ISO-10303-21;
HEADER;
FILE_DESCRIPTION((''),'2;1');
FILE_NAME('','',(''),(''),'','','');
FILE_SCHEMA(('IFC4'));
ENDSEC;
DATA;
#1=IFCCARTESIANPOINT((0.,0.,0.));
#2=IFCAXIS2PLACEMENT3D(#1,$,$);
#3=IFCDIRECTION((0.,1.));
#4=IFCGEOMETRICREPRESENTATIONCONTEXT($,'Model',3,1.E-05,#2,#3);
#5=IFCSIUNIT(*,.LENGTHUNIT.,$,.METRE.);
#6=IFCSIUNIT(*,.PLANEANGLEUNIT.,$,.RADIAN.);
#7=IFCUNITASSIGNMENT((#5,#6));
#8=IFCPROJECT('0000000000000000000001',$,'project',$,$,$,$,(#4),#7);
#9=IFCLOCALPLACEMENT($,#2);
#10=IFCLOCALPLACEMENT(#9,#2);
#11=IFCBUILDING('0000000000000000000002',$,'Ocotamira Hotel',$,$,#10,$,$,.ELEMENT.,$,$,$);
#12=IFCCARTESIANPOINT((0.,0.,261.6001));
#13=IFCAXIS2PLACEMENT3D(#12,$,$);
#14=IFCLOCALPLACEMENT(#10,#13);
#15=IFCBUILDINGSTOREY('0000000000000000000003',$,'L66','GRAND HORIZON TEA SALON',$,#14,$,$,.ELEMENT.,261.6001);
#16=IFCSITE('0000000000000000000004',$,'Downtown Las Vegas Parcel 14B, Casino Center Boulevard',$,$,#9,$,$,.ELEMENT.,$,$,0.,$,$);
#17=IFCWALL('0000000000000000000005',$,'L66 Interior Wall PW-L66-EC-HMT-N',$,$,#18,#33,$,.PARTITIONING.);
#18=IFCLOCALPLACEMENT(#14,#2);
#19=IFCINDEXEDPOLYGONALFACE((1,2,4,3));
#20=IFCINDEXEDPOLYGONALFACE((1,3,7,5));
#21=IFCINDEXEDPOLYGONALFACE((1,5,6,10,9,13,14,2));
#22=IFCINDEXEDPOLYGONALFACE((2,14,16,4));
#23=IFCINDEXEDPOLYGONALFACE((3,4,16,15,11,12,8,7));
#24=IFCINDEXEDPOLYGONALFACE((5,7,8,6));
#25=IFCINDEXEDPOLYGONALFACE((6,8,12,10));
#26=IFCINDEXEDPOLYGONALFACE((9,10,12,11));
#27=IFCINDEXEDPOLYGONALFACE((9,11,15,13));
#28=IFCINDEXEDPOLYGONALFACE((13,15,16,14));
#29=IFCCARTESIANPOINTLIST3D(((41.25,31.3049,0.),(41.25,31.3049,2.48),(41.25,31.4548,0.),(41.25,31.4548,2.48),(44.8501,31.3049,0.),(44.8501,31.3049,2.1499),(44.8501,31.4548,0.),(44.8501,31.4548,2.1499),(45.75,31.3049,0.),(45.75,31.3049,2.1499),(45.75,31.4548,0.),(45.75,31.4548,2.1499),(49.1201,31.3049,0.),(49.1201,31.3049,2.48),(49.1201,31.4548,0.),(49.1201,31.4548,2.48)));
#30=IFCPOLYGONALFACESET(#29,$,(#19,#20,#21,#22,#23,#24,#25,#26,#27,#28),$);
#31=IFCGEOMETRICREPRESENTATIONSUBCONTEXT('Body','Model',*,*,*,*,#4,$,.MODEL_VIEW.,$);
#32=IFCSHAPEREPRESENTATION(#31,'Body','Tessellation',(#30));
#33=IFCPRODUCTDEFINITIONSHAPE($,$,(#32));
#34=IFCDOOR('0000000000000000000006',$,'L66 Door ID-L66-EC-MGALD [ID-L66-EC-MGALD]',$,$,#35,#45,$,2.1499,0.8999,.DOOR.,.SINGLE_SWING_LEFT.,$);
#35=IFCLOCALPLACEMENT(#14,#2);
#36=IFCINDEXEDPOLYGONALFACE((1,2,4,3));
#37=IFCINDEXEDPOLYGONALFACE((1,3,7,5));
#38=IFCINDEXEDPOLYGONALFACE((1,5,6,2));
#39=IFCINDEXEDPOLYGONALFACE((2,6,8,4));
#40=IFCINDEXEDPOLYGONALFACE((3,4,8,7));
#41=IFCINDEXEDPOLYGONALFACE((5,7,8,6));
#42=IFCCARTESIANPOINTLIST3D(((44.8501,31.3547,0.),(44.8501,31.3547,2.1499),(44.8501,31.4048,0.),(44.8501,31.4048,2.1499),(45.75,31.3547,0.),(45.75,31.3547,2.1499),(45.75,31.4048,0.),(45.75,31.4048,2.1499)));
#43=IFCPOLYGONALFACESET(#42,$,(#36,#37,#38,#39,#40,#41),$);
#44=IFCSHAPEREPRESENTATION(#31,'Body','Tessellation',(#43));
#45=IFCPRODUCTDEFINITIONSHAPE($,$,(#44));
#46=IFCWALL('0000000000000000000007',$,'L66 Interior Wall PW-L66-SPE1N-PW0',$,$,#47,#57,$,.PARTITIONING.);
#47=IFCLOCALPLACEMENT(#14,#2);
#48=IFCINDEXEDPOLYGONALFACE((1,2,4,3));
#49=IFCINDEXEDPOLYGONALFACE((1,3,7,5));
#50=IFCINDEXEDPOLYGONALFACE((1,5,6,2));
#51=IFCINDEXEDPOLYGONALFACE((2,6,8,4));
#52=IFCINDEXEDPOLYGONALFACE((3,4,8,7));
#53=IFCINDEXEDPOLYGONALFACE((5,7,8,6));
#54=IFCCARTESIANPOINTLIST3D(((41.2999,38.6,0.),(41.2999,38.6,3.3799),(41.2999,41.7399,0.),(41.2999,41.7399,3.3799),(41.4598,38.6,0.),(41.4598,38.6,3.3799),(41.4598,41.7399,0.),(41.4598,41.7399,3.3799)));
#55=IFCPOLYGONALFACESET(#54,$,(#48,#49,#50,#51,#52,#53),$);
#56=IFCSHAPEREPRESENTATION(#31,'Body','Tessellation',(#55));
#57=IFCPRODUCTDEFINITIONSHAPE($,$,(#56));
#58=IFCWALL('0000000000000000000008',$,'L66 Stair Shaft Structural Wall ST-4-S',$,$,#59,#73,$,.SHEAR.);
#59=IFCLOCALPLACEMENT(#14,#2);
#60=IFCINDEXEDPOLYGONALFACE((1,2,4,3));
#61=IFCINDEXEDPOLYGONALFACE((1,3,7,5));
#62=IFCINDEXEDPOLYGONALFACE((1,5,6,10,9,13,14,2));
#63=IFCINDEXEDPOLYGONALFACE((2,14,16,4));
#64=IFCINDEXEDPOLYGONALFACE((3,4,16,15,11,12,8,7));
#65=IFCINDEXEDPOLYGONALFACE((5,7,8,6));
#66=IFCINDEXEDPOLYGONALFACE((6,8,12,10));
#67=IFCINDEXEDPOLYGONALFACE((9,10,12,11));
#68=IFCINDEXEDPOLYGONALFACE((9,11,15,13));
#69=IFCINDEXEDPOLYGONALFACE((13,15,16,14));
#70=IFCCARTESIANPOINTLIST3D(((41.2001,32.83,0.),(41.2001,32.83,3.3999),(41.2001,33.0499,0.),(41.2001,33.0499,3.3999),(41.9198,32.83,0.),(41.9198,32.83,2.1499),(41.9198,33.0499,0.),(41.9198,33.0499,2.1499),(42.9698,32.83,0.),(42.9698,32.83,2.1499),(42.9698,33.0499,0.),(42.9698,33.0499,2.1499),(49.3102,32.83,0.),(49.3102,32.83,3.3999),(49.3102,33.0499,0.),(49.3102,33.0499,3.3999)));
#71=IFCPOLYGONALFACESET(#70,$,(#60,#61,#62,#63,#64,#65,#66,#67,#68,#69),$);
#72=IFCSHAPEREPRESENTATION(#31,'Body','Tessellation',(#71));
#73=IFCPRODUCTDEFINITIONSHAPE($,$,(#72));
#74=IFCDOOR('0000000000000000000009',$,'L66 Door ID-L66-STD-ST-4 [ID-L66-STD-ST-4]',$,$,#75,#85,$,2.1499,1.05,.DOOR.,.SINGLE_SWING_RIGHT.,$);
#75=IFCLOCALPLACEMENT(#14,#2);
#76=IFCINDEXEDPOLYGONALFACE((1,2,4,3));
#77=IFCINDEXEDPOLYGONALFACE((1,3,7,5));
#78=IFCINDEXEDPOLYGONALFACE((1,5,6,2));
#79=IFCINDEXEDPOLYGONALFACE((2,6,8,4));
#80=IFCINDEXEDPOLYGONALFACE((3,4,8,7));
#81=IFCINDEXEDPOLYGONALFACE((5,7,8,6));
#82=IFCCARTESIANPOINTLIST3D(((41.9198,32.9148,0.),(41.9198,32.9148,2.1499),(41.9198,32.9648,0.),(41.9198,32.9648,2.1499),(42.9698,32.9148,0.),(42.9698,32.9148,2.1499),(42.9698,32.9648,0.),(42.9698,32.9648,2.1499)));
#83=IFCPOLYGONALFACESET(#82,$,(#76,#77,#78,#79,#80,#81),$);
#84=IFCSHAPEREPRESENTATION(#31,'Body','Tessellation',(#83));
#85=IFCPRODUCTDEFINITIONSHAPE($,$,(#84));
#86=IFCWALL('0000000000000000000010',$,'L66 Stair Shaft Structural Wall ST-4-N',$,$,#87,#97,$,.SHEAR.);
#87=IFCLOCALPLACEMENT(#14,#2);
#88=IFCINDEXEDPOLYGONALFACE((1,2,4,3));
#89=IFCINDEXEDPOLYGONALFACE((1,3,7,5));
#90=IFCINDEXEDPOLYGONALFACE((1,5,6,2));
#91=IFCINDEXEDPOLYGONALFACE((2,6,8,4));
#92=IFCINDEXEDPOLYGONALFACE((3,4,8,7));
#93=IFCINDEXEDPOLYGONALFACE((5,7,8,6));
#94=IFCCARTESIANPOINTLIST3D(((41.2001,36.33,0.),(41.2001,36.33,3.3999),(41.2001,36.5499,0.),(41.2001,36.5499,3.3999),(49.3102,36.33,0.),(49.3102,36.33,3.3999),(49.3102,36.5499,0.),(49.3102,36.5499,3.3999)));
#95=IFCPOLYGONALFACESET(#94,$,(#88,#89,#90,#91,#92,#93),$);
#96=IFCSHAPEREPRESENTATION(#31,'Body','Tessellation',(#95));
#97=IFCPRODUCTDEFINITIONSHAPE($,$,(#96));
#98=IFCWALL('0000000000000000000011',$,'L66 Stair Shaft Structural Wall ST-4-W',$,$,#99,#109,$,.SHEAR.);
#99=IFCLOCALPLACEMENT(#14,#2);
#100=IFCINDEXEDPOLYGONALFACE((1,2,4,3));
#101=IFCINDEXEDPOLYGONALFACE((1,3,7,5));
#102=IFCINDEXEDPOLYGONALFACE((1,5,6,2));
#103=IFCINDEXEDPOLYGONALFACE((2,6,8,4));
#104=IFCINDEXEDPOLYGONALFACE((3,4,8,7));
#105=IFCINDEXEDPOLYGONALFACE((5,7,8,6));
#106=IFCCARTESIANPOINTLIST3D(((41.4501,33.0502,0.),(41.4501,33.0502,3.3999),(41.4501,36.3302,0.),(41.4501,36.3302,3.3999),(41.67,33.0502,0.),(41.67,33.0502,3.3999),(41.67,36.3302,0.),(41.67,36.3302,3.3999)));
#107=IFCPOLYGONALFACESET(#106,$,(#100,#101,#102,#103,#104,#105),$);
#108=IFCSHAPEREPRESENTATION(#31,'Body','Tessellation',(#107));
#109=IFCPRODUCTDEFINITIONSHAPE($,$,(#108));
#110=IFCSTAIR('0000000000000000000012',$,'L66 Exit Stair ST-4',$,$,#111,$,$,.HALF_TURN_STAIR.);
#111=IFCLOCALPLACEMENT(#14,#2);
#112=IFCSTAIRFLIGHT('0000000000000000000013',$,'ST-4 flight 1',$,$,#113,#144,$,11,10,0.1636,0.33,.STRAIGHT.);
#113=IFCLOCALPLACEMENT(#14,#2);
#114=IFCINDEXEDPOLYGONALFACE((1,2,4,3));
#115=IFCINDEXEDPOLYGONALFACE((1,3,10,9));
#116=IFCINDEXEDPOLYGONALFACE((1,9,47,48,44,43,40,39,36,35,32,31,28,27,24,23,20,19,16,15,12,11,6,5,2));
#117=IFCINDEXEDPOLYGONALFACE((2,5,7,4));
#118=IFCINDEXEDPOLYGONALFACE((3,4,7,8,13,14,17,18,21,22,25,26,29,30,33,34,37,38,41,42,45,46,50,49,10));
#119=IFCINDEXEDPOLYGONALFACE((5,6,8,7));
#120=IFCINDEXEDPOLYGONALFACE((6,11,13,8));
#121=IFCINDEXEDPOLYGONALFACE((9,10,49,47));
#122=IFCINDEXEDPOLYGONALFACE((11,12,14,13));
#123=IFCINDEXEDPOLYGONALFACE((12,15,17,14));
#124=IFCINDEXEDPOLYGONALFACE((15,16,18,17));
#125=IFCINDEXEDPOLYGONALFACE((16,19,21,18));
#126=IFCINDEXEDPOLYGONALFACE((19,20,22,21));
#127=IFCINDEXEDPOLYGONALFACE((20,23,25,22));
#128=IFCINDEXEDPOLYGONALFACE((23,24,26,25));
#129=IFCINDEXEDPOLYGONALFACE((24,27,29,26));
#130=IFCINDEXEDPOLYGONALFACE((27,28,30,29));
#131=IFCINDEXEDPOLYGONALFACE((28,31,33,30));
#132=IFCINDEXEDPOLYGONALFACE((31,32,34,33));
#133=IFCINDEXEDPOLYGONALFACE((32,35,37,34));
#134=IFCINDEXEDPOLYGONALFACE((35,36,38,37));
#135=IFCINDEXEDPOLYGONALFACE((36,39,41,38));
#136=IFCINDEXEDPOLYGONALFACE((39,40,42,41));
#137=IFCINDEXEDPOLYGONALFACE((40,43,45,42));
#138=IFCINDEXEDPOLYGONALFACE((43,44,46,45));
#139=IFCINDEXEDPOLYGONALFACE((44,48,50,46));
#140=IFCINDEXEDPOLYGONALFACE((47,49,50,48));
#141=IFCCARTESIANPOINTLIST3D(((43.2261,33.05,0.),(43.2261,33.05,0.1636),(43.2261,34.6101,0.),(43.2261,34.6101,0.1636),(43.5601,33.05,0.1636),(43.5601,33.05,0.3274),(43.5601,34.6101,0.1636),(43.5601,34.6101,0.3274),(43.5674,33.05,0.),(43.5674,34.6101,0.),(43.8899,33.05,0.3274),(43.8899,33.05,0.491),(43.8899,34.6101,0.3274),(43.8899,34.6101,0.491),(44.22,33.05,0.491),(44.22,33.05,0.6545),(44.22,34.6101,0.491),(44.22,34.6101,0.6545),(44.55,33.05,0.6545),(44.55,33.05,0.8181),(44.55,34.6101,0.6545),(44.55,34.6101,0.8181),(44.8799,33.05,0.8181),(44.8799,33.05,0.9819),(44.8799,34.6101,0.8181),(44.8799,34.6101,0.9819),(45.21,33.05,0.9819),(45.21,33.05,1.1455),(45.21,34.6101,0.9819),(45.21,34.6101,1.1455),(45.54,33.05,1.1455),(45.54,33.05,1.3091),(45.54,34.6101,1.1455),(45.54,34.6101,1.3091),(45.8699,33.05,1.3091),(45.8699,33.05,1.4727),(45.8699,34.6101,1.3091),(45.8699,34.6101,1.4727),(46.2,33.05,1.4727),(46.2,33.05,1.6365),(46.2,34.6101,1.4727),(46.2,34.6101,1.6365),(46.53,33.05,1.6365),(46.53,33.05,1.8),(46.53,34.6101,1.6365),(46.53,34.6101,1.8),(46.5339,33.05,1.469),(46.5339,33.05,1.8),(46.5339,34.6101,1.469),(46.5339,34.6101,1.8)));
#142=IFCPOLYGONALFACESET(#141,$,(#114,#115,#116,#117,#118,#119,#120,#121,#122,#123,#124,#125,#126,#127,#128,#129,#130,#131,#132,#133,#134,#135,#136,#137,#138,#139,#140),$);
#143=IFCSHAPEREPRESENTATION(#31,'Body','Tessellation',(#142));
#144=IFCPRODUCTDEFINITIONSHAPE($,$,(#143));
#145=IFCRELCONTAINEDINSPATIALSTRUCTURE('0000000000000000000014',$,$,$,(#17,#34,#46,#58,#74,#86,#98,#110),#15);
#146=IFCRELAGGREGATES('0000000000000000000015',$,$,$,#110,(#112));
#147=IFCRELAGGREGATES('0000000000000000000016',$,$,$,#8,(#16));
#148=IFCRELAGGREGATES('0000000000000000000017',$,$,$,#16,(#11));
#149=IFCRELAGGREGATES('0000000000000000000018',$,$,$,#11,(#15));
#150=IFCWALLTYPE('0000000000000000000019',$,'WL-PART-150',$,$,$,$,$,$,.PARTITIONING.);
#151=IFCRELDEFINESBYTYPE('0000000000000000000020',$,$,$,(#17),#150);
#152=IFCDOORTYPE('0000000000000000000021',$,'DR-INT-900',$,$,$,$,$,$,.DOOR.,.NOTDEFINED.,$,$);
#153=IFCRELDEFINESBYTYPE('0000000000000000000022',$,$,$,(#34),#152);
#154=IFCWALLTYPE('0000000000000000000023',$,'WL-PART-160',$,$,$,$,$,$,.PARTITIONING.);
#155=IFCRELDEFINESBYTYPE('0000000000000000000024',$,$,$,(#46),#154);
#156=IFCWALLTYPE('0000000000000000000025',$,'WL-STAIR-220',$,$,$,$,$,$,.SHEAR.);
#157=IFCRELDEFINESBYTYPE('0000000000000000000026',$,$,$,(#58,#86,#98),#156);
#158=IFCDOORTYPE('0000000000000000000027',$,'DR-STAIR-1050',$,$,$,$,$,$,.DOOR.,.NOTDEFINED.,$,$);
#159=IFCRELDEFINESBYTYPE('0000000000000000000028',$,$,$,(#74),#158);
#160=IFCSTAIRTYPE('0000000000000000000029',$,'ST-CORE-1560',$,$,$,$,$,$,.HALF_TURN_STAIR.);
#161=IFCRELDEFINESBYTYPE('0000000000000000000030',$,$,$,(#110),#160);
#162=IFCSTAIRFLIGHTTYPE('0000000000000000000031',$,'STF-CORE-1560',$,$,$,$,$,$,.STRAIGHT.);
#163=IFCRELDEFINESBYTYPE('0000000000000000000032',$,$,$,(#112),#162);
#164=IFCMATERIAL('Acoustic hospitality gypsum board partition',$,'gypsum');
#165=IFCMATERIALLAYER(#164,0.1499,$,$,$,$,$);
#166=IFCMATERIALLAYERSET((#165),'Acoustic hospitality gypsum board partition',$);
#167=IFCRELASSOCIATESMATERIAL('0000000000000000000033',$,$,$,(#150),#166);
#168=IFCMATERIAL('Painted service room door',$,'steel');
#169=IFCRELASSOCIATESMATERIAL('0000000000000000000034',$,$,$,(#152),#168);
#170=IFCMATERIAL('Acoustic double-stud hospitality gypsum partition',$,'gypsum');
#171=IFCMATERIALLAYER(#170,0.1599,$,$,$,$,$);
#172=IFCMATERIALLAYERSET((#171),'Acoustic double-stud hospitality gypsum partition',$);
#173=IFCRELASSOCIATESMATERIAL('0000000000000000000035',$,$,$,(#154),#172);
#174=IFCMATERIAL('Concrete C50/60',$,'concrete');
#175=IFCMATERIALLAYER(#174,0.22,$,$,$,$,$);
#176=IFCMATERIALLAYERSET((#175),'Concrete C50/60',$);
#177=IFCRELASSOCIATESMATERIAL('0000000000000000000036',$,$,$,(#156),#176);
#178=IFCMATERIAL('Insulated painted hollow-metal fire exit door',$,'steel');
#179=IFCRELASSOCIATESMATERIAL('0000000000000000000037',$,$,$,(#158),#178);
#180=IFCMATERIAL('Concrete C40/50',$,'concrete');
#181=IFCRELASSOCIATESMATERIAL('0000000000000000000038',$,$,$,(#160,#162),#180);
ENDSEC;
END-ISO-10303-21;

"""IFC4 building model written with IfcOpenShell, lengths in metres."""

from ifc_helpers import new_model, si_unit, direction, frame, frame_2d, origin, place, context, subcontext, project, spatial, polyline, rectangle, outline, extrude, source, transform, mapped, material, layer, layer_set, type_object, element, fill, aggregate, save


model = new_model("IFC4")

# Units and contexts
model_context = context("Model", 3, precision=1e-05, world=origin(), true_north=direction((0.0, 1.0)))
body_context = subcontext(model_context, "Body", "Model", "MODEL_VIEW")
ifc_project = project(units=[si_unit("LENGTHUNIT", "METRE"), si_unit("PLANEANGLEUNIT", "RADIAN")], contexts=[model_context])

# Site, building, storey
site_placement = place(None, origin())
site = spatial("IfcSite", under=ifc_project, at=site_placement, Name="Downtown Las Vegas Parcel 14B, Casino Center Boulevard", CompositionType="ELEMENT", RefElevation=0.0)
building_placement = place(site_placement, origin())
building = spatial("IfcBuilding", under=site, at=building_placement, Name="Ocotamira Hotel", CompositionType="ELEMENT")
storey_placement = place(building_placement, frame((0.0, 0.0, 261.6001)))
storey = spatial("IfcBuildingStorey", under=building, at=storey_placement, Name="L66", Description="GRAND HORIZON TEA SALON", CompositionType="ELEMENT", Elevation=261.6001)

# Shared definitions
ifc_material_1 = material(Name="Concrete C50/60", Category="concrete")

# Wall, opening, door
ifc_material_2 = material(Name="Acoustic hospitality gypsum board partition", Category="gypsum")
ifc_layer_1 = layer(ifc_material_2, 0.1499)
ifc_layer_set_1 = layer_set([ifc_layer_1], Name="Acoustic hospitality gypsum board partition")
wall_type_1 = type_object("IfcWallType", Name="WL-PART-150", PredefinedType="PARTITIONING", material=ifc_layer_set_1)
wall_1_placement = place(storey_placement, frame((41.25, 31.3799, 0.0), z_axis=(0.0, 0.0, 1.0), x_axis=(1.0, 0.0, 0.0)))
wall_1 = element("IfcWall", 1, at=wall_1_placement, inside=storey, type_object=wall_type_1, Name="L66 Interior Wall PW-L66-EC-HMT-N", PredefinedType="PARTITIONING", context=body_context, shape_type="SweptSolid", body=[
    extrude(rectangle(XDim=7.8701, YDim=0.1499, at=frame_2d((3.9351, 0.0))), origin(), (0.0, 0.0, 1.0), 2.48),
])
opening_1_placement = place(wall_1_placement, frame((3.6001, 0.0, 0.0)))
opening_1 = element("IfcOpeningElement", 2, at=opening_1_placement, cuts=wall_1, PredefinedType="OPENING", context=body_context, shape_type="SweptSolid", body=[
    extrude(rectangle(XDim=0.8999, YDim=2.1499, at=frame_2d((0.45, 1.075))), frame((0.0, 0.085, 0.0), z_axis=(0.0, -1.0, 0.0), x_axis=(1.0, 0.0, 0.0)), (0.0, 0.0, 1.0), 0.1699),
])
ifc_material_3 = material(Name="Painted service room door", Category="steel")
door_type_1 = type_object("IfcDoorType", Name="DR-INT-900", OperationType="NOTDEFINED", PredefinedType="DOOR", material=ifc_material_3)
shared_shape_1 = source(origin(), body_context, "Body", "SweptSolid", [
    extrude(rectangle(XDim=0.8999, YDim=2.1499, at=frame_2d((0.45, 1.075))), frame((0.0, 0.0249, 0.0), z_axis=(0.0, -1.0, 0.0), x_axis=(1.0, 0.0, 0.0)), (0.0, 0.0, 1.0), 0.05),
])
door_1_placement = place(opening_1_placement, origin())
door_1 = element("IfcDoor", 3, at=door_1_placement, inside=storey, type_object=door_type_1, Name="L66 Door ID-L66-EC-MGALD [ID-L66-EC-MGALD]", OperationType="SINGLE_SWING_LEFT", OverallHeight=2.1499, OverallWidth=0.8999, PredefinedType="DOOR", context=body_context, shape_type="MappedRepresentation", body=[
    mapped(shared_shape_1, transform((0.0, 0.0, 0.0), scale=1.0)),
])
fill(opening_1, door_1)

# Wall
ifc_material_4 = material(Name="Acoustic double-stud hospitality gypsum partition", Category="gypsum")
ifc_layer_2 = layer(ifc_material_4, 0.1599)
ifc_layer_set_2 = layer_set([ifc_layer_2], Name="Acoustic double-stud hospitality gypsum partition")
wall_type_2 = type_object("IfcWallType", Name="WL-PART-160", PredefinedType="PARTITIONING", material=ifc_layer_set_2)
wall_2_placement = place(storey_placement, frame((41.3799, 38.6001, 0.0), z_axis=(0.0, 0.0, 1.0), x_axis=(0.0, 1.0, 0.0)))
element("IfcWall", 4, at=wall_2_placement, inside=storey, type_object=wall_type_2, Name="L66 Interior Wall PW-L66-SPE1N-PW0", PredefinedType="PARTITIONING", context=body_context, shape_type="SweptSolid", body=[
    extrude(rectangle(XDim=3.1399, YDim=0.1599, at=frame_2d((1.5698, 0.0))), origin(), (0.0, 0.0, 1.0), 3.3799),
])

# Wall, opening, door
ifc_layer_3 = layer(ifc_material_1, 0.22)
ifc_layer_set_3 = layer_set([ifc_layer_3], Name="Concrete C50/60")
wall_type_3 = type_object("IfcWallType", Name="WL-STAIR-220", PredefinedType="SHEAR", material=ifc_layer_set_3)
wall_3_placement = place(storey_placement, frame((41.2, 32.9399, 0.0), z_axis=(0.0, 0.0, 1.0), x_axis=(1.0, 0.0, 0.0)))
wall_3 = element("IfcWall", 5, at=wall_3_placement, inside=storey, type_object=wall_type_3, Name="L66 Stair Shaft Structural Wall ST-4-S", PredefinedType="SHEAR", context=body_context, shape_type="SweptSolid", body=[
    extrude(rectangle(XDim=8.1101, YDim=0.22, at=frame_2d((4.0552, 0.0))), origin(), (0.0, 0.0, 1.0), 3.3999),
])
opening_2_placement = place(wall_3_placement, frame((0.72, 0.0, 0.0)))
opening_2 = element("IfcOpeningElement", 6, at=opening_2_placement, cuts=wall_3, PredefinedType="OPENING", context=body_context, shape_type="SweptSolid", body=[
    extrude(rectangle(XDim=1.05, YDim=2.1499, at=frame_2d((0.5249, 1.075))), frame((0.0, 0.1201, 0.0), z_axis=(0.0, -1.0, 0.0), x_axis=(1.0, 0.0, 0.0)), (0.0, 0.0, 1.0), 0.24),
])
ifc_material_5 = material(Name="Insulated painted hollow-metal fire exit door", Category="steel")
door_type_2 = type_object("IfcDoorType", Name="DR-STAIR-1050", OperationType="NOTDEFINED", PredefinedType="DOOR", material=ifc_material_5)
shared_shape_2 = source(origin(), body_context, "Body", "SweptSolid", [
    extrude(rectangle(XDim=1.05, YDim=2.1499, at=frame_2d((0.5249, 1.075))), frame((0.0, 0.0249, 0.0), z_axis=(0.0, -1.0, 0.0), x_axis=(1.0, 0.0, 0.0)), (0.0, 0.0, 1.0), 0.05),
])
door_2_placement = place(opening_2_placement, origin())
door_2 = element("IfcDoor", 7, at=door_2_placement, inside=storey, type_object=door_type_2, Name="L66 Door ID-L66-STD-ST-4 [ID-L66-STD-ST-4]", OperationType="SINGLE_SWING_RIGHT", OverallHeight=2.1499, OverallWidth=1.05, PredefinedType="DOOR", context=body_context, shape_type="MappedRepresentation", body=[
    mapped(shared_shape_2, transform((0.0, 0.0, 0.0), scale=1.0)),
])
fill(opening_2, door_2)

# Walls
wall_4_placement = place(storey_placement, frame((41.2, 36.4399, 0.0), z_axis=(0.0, 0.0, 1.0), x_axis=(1.0, 0.0, 0.0)))
element("IfcWall", 8, at=wall_4_placement, inside=storey, type_object=wall_type_3, Name="L66 Stair Shaft Structural Wall ST-4-N", PredefinedType="SHEAR", context=body_context, shape_type="SweptSolid", body=[
    extrude(rectangle(XDim=8.1101, YDim=0.22, at=frame_2d((4.0552, 0.0))), origin(), (0.0, 0.0, 1.0), 3.3999),
])
wall_5_placement = place(storey_placement, frame((41.5601, 33.05, 0.0), z_axis=(0.0, 0.0, 1.0), x_axis=(0.0, 1.0, 0.0)))
element("IfcWall", 9, at=wall_5_placement, inside=storey, type_object=wall_type_3, Name="L66 Stair Shaft Structural Wall ST-4-W", PredefinedType="SHEAR", context=body_context, shape_type="SweptSolid", body=[
    extrude(rectangle(XDim=3.28, YDim=0.22, at=frame_2d((1.6401, 0.0))), origin(), (0.0, 0.0, 1.0), 3.3999),
])

# Stair, stair flight
ifc_material_6 = material(Name="Concrete C40/50", Category="concrete")
stair_type = type_object("IfcStairType", Name="ST-CORE-1560", PredefinedType="HALF_TURN_STAIR", material=ifc_material_6)
stair_placement = place(storey_placement, origin())
stair = element("IfcStair", 10, at=stair_placement, inside=storey, type_object=stair_type, Name="L66 Exit Stair ST-4", PredefinedType="HALF_TURN_STAIR")
stair_flight_type = type_object("IfcStairFlightType", Name="STF-CORE-1560", PredefinedType="STRAIGHT", material=ifc_material_6)
shared_shape_3 = source(origin(), body_context, "Body", "SweptSolid", [
    extrude(outline(polyline([(-0.0039, 0.0), (-0.0039, 0.1636), (0.3301, 0.1636), (0.3301, 0.3274), (0.6599, 0.3274), (0.6599, 0.491), (0.99, 0.491), (0.99, 0.6545), (1.3201, 0.6545), (1.3201, 0.8181), (1.6499, 0.8181), (1.6499, 0.9819), (1.98, 0.9819), (1.98, 1.1455), (2.3101, 1.1455), (2.3101, 1.3091), (2.6399, 1.3091), (2.6399, 1.4727), (2.97, 1.4727), (2.97, 1.6365), (3.3, 1.6365), (3.3, 1.8), (3.304, 1.8), (3.304, 1.469), (0.3374, 0.0), (-0.0039, 0.0)])), frame((0.0, 0.78, 0.0), z_axis=(0.0, -1.0, 0.0), x_axis=(1.0, 0.0, 0.0)), (0.0, 0.0, 1.0), 1.5601),
])
stair_flight_placement = place(storey_placement, frame((43.23, 33.8301, 0.0), z_axis=(0.0, 0.0, 1.0), x_axis=(1.0, 0.0, 0.0)))
stair_flight = element("IfcStairFlight", 11, at=stair_flight_placement, type_object=stair_flight_type, Name="ST-4 flight 1", NumberOfRisers=11, NumberOfTreads=10, PredefinedType="STRAIGHT", RiserHeight=0.1636, TreadLength=0.33, context=body_context, shape_type="MappedRepresentation", body=[
    mapped(shared_shape_3, transform((0.0, 0.0, 0.0), scale=1.0)),
])
aggregate(stair, [stair_flight])

save(model, "model.ifc")
